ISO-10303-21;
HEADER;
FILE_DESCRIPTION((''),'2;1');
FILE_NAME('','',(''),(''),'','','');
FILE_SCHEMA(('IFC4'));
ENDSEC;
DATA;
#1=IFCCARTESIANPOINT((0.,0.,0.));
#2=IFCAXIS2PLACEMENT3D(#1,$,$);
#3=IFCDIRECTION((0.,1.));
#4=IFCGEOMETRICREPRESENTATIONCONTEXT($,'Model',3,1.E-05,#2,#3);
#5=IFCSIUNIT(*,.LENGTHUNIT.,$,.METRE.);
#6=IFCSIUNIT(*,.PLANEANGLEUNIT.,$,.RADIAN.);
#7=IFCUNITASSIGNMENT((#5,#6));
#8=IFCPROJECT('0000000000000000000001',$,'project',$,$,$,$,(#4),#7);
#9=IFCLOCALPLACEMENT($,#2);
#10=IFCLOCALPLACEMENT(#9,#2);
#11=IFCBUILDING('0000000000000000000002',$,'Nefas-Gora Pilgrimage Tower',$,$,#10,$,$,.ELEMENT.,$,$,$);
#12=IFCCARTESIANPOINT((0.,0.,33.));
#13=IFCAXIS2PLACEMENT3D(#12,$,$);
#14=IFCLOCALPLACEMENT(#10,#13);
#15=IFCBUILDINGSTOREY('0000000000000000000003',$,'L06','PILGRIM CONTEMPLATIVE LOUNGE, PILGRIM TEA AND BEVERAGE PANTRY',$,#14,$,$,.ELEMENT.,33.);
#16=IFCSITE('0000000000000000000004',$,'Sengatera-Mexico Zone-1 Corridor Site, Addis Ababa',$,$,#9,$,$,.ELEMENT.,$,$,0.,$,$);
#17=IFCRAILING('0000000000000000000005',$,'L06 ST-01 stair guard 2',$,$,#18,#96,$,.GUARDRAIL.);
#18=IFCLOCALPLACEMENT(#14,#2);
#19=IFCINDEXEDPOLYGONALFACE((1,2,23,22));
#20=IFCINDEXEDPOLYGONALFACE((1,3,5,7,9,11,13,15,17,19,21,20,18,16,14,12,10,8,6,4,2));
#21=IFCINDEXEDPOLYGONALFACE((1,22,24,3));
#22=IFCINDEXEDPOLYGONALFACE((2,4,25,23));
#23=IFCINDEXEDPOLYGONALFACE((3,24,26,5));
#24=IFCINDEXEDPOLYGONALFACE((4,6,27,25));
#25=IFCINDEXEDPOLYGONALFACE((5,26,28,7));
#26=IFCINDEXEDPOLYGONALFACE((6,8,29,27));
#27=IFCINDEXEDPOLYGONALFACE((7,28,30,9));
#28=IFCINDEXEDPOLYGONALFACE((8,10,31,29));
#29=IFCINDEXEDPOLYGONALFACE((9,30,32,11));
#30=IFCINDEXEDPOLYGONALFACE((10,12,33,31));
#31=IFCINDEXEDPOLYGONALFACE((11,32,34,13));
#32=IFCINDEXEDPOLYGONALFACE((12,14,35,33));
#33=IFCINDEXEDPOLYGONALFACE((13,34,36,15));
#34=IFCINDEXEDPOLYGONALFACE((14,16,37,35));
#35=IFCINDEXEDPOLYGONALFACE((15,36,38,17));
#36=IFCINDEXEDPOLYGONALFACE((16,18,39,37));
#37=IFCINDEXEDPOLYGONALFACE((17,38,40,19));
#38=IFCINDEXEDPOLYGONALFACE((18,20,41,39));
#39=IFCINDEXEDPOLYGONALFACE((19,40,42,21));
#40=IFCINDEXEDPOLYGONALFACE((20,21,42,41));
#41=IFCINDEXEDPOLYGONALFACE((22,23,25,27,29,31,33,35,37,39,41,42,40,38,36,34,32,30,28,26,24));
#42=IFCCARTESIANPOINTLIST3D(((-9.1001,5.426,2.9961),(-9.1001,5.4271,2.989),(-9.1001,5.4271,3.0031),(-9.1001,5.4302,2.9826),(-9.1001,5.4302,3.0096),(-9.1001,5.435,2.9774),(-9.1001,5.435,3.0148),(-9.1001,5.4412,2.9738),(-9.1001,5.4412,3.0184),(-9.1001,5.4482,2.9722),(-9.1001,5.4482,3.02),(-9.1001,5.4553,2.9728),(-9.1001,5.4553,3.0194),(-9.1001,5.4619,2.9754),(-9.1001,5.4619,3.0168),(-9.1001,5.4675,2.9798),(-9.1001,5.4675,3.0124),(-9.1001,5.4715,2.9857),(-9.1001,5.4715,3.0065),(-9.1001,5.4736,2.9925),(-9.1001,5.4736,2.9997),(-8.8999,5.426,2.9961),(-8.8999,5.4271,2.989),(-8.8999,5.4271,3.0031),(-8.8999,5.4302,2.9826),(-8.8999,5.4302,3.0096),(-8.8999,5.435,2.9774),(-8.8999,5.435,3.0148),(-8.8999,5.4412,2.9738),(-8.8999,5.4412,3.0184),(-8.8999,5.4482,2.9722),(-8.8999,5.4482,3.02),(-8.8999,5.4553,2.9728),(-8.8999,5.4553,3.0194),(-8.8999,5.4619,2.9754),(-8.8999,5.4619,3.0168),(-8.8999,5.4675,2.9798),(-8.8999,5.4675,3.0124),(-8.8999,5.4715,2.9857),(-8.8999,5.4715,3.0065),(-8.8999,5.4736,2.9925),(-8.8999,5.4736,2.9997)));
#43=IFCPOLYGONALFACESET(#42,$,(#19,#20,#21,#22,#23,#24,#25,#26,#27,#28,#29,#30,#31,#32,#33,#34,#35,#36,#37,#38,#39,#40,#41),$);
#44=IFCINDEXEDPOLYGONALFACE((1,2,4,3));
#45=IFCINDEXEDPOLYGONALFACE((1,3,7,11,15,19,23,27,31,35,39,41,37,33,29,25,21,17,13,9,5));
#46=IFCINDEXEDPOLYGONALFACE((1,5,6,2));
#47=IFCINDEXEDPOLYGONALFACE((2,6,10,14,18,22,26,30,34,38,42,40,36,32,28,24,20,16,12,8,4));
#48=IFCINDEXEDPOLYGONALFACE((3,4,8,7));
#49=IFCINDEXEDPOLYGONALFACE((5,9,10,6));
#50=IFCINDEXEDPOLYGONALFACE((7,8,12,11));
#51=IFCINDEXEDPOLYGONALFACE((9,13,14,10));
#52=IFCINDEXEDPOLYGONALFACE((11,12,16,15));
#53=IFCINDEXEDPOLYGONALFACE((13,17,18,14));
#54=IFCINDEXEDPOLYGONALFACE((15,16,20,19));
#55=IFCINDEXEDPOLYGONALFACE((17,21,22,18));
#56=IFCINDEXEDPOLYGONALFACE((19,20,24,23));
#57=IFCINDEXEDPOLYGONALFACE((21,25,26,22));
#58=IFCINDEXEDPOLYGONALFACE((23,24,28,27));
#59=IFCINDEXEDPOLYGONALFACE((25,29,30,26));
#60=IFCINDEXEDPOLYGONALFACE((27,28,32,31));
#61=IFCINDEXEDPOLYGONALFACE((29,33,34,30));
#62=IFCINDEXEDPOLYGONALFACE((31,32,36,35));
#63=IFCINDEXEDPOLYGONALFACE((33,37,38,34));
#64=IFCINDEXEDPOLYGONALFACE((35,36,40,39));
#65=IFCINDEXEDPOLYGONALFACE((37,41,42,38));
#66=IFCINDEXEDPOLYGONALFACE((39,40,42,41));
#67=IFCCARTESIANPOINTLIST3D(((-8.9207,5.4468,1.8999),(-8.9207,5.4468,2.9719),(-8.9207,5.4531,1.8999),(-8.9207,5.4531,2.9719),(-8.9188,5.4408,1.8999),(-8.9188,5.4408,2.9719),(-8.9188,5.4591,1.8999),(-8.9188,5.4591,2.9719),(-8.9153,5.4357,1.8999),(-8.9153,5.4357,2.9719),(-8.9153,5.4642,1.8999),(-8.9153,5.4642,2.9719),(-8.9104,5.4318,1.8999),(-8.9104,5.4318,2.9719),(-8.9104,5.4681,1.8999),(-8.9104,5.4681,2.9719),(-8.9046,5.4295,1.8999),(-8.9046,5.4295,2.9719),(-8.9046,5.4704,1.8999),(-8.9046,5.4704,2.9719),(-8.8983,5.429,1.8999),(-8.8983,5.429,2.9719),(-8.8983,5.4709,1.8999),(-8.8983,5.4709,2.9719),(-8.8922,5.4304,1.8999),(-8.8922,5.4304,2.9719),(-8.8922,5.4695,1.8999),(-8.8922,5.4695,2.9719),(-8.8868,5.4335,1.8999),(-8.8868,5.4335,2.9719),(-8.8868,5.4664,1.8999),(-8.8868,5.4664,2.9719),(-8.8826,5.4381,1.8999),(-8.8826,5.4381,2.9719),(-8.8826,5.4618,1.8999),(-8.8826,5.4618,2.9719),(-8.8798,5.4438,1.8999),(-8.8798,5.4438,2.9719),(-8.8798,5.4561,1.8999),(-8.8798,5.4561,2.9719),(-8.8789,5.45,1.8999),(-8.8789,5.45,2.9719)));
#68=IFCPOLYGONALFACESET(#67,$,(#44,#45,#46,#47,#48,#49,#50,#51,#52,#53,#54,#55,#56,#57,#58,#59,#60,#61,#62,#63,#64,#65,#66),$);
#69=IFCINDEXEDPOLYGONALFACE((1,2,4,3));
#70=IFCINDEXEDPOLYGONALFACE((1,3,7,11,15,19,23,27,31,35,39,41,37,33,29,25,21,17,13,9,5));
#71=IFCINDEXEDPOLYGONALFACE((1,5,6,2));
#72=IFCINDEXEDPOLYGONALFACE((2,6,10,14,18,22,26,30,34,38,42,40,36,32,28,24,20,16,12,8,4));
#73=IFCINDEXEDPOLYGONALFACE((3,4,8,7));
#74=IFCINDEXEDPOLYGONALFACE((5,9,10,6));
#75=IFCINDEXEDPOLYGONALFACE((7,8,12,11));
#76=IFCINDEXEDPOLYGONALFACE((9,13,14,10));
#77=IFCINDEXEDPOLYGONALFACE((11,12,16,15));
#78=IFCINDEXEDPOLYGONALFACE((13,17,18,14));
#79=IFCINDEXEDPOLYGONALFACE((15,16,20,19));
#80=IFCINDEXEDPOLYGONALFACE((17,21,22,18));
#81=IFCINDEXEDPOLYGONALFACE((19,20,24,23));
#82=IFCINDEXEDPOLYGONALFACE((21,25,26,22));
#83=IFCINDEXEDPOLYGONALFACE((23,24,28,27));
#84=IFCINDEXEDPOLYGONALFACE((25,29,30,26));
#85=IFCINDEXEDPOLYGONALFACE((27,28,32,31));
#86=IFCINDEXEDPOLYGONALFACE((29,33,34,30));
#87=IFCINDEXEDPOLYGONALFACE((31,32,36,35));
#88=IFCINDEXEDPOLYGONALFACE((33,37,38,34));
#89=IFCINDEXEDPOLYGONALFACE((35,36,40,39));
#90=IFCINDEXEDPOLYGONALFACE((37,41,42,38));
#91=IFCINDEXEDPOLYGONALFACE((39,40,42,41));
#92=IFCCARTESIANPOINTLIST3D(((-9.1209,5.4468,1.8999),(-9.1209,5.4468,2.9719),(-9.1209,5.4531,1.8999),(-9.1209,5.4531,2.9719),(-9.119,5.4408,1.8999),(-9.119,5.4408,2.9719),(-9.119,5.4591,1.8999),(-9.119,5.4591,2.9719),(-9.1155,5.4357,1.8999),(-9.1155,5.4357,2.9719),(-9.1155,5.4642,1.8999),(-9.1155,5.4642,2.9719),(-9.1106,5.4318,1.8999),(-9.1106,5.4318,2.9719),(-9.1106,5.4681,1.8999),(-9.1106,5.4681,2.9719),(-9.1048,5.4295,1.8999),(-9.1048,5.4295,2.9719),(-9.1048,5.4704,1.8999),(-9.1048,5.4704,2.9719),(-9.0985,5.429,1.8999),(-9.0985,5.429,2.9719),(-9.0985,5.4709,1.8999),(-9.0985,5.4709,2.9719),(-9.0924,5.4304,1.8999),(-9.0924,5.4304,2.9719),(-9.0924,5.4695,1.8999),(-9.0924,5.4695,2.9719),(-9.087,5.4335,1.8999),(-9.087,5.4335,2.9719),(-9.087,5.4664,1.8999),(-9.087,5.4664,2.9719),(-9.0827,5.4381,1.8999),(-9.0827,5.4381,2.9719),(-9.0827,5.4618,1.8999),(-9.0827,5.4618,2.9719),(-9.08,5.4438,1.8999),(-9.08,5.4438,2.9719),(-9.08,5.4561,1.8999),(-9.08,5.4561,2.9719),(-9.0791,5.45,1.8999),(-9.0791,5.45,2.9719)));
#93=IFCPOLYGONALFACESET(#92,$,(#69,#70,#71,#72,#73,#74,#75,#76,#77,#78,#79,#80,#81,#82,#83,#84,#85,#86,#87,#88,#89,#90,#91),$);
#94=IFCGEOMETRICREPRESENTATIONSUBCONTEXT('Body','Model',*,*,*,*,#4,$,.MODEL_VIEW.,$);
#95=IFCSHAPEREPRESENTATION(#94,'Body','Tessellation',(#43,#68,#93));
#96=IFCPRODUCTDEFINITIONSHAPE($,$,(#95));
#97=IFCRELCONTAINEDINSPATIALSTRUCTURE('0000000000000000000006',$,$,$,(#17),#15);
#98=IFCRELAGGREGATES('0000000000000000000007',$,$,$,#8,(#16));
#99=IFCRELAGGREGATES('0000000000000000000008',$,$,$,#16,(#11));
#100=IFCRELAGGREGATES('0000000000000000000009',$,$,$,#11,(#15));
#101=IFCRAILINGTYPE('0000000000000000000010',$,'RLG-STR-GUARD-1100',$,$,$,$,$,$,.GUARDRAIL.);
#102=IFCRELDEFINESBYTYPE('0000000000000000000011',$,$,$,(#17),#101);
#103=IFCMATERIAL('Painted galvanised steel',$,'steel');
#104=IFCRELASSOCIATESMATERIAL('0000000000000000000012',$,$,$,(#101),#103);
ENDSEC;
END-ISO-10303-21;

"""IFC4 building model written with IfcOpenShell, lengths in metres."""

from ifc_helpers import new_model, si_unit, direction, frame, origin, origin_2d, place, context, subcontext, project, spatial, circle, extrude, material, type_object, element, save


model = new_model("IFC4")

# Units and contexts
model_context = context("Model", 3, precision=1e-05, world=origin(), true_north=direction((0.0, 1.0)))
body_context = subcontext(model_context, "Body", "Model", "MODEL_VIEW")
ifc_project = project(units=[si_unit("LENGTHUNIT", "METRE"), si_unit("PLANEANGLEUNIT", "RADIAN")], contexts=[model_context])

# Site, building, storey
site_placement = place(None, origin())
site = spatial("IfcSite", under=ifc_project, at=site_placement, Name="Sengatera-Mexico Zone-1 Corridor Site, Addis Ababa", CompositionType="ELEMENT", RefElevation=0.0)
building_placement = place(site_placement, origin())
building = spatial("IfcBuilding", under=site, at=building_placement, Name="Nefas-Gora Pilgrimage Tower", CompositionType="ELEMENT")
storey_placement = place(building_placement, frame((0.0, 0.0, 33.0)))
storey = spatial("IfcBuildingStorey", under=building, at=storey_placement, Name="L06", Description="PILGRIM CONTEMPLATIVE LOUNGE, PILGRIM TEA AND BEVERAGE PANTRY", CompositionType="ELEMENT", Elevation=33.0)

# Railing
ifc_material_1 = material(Name="Painted galvanised steel", Category="steel")
railing_type_1 = type_object("IfcRailingType", Name="RLG-STR-GUARD-1100", PredefinedType="GUARDRAIL", material=ifc_material_1)
railing_1_placement = place(storey_placement, frame((-8.8999, 5.45, 1.8999)))
element("IfcRailing", 1, at=railing_1_placement, inside=storey, type_object=railing_type_1, Name="L06 ST-01 stair guard 2", PredefinedType="GUARDRAIL", context=body_context, shape_type="SweptSolid", body=[
    extrude(circle(Radius=0.0239, at=origin_2d()), frame((0.0, 0.0, 1.0962), z_axis=(-1.0, 0.0, 0.0), x_axis=(0.0, -1.0, 0.0)), (0.0, 0.0, 1.0), 0.2002),
    extrude(circle(Radius=0.021, at=origin_2d()), origin(), (0.0, 0.0, 1.0), 1.072),
    extrude(circle(Radius=0.021, at=origin_2d()), frame((-0.2002, 0.0, 0.0)), (0.0, 0.0, 1.0), 1.072),
])

save(model, "model.ifc")
